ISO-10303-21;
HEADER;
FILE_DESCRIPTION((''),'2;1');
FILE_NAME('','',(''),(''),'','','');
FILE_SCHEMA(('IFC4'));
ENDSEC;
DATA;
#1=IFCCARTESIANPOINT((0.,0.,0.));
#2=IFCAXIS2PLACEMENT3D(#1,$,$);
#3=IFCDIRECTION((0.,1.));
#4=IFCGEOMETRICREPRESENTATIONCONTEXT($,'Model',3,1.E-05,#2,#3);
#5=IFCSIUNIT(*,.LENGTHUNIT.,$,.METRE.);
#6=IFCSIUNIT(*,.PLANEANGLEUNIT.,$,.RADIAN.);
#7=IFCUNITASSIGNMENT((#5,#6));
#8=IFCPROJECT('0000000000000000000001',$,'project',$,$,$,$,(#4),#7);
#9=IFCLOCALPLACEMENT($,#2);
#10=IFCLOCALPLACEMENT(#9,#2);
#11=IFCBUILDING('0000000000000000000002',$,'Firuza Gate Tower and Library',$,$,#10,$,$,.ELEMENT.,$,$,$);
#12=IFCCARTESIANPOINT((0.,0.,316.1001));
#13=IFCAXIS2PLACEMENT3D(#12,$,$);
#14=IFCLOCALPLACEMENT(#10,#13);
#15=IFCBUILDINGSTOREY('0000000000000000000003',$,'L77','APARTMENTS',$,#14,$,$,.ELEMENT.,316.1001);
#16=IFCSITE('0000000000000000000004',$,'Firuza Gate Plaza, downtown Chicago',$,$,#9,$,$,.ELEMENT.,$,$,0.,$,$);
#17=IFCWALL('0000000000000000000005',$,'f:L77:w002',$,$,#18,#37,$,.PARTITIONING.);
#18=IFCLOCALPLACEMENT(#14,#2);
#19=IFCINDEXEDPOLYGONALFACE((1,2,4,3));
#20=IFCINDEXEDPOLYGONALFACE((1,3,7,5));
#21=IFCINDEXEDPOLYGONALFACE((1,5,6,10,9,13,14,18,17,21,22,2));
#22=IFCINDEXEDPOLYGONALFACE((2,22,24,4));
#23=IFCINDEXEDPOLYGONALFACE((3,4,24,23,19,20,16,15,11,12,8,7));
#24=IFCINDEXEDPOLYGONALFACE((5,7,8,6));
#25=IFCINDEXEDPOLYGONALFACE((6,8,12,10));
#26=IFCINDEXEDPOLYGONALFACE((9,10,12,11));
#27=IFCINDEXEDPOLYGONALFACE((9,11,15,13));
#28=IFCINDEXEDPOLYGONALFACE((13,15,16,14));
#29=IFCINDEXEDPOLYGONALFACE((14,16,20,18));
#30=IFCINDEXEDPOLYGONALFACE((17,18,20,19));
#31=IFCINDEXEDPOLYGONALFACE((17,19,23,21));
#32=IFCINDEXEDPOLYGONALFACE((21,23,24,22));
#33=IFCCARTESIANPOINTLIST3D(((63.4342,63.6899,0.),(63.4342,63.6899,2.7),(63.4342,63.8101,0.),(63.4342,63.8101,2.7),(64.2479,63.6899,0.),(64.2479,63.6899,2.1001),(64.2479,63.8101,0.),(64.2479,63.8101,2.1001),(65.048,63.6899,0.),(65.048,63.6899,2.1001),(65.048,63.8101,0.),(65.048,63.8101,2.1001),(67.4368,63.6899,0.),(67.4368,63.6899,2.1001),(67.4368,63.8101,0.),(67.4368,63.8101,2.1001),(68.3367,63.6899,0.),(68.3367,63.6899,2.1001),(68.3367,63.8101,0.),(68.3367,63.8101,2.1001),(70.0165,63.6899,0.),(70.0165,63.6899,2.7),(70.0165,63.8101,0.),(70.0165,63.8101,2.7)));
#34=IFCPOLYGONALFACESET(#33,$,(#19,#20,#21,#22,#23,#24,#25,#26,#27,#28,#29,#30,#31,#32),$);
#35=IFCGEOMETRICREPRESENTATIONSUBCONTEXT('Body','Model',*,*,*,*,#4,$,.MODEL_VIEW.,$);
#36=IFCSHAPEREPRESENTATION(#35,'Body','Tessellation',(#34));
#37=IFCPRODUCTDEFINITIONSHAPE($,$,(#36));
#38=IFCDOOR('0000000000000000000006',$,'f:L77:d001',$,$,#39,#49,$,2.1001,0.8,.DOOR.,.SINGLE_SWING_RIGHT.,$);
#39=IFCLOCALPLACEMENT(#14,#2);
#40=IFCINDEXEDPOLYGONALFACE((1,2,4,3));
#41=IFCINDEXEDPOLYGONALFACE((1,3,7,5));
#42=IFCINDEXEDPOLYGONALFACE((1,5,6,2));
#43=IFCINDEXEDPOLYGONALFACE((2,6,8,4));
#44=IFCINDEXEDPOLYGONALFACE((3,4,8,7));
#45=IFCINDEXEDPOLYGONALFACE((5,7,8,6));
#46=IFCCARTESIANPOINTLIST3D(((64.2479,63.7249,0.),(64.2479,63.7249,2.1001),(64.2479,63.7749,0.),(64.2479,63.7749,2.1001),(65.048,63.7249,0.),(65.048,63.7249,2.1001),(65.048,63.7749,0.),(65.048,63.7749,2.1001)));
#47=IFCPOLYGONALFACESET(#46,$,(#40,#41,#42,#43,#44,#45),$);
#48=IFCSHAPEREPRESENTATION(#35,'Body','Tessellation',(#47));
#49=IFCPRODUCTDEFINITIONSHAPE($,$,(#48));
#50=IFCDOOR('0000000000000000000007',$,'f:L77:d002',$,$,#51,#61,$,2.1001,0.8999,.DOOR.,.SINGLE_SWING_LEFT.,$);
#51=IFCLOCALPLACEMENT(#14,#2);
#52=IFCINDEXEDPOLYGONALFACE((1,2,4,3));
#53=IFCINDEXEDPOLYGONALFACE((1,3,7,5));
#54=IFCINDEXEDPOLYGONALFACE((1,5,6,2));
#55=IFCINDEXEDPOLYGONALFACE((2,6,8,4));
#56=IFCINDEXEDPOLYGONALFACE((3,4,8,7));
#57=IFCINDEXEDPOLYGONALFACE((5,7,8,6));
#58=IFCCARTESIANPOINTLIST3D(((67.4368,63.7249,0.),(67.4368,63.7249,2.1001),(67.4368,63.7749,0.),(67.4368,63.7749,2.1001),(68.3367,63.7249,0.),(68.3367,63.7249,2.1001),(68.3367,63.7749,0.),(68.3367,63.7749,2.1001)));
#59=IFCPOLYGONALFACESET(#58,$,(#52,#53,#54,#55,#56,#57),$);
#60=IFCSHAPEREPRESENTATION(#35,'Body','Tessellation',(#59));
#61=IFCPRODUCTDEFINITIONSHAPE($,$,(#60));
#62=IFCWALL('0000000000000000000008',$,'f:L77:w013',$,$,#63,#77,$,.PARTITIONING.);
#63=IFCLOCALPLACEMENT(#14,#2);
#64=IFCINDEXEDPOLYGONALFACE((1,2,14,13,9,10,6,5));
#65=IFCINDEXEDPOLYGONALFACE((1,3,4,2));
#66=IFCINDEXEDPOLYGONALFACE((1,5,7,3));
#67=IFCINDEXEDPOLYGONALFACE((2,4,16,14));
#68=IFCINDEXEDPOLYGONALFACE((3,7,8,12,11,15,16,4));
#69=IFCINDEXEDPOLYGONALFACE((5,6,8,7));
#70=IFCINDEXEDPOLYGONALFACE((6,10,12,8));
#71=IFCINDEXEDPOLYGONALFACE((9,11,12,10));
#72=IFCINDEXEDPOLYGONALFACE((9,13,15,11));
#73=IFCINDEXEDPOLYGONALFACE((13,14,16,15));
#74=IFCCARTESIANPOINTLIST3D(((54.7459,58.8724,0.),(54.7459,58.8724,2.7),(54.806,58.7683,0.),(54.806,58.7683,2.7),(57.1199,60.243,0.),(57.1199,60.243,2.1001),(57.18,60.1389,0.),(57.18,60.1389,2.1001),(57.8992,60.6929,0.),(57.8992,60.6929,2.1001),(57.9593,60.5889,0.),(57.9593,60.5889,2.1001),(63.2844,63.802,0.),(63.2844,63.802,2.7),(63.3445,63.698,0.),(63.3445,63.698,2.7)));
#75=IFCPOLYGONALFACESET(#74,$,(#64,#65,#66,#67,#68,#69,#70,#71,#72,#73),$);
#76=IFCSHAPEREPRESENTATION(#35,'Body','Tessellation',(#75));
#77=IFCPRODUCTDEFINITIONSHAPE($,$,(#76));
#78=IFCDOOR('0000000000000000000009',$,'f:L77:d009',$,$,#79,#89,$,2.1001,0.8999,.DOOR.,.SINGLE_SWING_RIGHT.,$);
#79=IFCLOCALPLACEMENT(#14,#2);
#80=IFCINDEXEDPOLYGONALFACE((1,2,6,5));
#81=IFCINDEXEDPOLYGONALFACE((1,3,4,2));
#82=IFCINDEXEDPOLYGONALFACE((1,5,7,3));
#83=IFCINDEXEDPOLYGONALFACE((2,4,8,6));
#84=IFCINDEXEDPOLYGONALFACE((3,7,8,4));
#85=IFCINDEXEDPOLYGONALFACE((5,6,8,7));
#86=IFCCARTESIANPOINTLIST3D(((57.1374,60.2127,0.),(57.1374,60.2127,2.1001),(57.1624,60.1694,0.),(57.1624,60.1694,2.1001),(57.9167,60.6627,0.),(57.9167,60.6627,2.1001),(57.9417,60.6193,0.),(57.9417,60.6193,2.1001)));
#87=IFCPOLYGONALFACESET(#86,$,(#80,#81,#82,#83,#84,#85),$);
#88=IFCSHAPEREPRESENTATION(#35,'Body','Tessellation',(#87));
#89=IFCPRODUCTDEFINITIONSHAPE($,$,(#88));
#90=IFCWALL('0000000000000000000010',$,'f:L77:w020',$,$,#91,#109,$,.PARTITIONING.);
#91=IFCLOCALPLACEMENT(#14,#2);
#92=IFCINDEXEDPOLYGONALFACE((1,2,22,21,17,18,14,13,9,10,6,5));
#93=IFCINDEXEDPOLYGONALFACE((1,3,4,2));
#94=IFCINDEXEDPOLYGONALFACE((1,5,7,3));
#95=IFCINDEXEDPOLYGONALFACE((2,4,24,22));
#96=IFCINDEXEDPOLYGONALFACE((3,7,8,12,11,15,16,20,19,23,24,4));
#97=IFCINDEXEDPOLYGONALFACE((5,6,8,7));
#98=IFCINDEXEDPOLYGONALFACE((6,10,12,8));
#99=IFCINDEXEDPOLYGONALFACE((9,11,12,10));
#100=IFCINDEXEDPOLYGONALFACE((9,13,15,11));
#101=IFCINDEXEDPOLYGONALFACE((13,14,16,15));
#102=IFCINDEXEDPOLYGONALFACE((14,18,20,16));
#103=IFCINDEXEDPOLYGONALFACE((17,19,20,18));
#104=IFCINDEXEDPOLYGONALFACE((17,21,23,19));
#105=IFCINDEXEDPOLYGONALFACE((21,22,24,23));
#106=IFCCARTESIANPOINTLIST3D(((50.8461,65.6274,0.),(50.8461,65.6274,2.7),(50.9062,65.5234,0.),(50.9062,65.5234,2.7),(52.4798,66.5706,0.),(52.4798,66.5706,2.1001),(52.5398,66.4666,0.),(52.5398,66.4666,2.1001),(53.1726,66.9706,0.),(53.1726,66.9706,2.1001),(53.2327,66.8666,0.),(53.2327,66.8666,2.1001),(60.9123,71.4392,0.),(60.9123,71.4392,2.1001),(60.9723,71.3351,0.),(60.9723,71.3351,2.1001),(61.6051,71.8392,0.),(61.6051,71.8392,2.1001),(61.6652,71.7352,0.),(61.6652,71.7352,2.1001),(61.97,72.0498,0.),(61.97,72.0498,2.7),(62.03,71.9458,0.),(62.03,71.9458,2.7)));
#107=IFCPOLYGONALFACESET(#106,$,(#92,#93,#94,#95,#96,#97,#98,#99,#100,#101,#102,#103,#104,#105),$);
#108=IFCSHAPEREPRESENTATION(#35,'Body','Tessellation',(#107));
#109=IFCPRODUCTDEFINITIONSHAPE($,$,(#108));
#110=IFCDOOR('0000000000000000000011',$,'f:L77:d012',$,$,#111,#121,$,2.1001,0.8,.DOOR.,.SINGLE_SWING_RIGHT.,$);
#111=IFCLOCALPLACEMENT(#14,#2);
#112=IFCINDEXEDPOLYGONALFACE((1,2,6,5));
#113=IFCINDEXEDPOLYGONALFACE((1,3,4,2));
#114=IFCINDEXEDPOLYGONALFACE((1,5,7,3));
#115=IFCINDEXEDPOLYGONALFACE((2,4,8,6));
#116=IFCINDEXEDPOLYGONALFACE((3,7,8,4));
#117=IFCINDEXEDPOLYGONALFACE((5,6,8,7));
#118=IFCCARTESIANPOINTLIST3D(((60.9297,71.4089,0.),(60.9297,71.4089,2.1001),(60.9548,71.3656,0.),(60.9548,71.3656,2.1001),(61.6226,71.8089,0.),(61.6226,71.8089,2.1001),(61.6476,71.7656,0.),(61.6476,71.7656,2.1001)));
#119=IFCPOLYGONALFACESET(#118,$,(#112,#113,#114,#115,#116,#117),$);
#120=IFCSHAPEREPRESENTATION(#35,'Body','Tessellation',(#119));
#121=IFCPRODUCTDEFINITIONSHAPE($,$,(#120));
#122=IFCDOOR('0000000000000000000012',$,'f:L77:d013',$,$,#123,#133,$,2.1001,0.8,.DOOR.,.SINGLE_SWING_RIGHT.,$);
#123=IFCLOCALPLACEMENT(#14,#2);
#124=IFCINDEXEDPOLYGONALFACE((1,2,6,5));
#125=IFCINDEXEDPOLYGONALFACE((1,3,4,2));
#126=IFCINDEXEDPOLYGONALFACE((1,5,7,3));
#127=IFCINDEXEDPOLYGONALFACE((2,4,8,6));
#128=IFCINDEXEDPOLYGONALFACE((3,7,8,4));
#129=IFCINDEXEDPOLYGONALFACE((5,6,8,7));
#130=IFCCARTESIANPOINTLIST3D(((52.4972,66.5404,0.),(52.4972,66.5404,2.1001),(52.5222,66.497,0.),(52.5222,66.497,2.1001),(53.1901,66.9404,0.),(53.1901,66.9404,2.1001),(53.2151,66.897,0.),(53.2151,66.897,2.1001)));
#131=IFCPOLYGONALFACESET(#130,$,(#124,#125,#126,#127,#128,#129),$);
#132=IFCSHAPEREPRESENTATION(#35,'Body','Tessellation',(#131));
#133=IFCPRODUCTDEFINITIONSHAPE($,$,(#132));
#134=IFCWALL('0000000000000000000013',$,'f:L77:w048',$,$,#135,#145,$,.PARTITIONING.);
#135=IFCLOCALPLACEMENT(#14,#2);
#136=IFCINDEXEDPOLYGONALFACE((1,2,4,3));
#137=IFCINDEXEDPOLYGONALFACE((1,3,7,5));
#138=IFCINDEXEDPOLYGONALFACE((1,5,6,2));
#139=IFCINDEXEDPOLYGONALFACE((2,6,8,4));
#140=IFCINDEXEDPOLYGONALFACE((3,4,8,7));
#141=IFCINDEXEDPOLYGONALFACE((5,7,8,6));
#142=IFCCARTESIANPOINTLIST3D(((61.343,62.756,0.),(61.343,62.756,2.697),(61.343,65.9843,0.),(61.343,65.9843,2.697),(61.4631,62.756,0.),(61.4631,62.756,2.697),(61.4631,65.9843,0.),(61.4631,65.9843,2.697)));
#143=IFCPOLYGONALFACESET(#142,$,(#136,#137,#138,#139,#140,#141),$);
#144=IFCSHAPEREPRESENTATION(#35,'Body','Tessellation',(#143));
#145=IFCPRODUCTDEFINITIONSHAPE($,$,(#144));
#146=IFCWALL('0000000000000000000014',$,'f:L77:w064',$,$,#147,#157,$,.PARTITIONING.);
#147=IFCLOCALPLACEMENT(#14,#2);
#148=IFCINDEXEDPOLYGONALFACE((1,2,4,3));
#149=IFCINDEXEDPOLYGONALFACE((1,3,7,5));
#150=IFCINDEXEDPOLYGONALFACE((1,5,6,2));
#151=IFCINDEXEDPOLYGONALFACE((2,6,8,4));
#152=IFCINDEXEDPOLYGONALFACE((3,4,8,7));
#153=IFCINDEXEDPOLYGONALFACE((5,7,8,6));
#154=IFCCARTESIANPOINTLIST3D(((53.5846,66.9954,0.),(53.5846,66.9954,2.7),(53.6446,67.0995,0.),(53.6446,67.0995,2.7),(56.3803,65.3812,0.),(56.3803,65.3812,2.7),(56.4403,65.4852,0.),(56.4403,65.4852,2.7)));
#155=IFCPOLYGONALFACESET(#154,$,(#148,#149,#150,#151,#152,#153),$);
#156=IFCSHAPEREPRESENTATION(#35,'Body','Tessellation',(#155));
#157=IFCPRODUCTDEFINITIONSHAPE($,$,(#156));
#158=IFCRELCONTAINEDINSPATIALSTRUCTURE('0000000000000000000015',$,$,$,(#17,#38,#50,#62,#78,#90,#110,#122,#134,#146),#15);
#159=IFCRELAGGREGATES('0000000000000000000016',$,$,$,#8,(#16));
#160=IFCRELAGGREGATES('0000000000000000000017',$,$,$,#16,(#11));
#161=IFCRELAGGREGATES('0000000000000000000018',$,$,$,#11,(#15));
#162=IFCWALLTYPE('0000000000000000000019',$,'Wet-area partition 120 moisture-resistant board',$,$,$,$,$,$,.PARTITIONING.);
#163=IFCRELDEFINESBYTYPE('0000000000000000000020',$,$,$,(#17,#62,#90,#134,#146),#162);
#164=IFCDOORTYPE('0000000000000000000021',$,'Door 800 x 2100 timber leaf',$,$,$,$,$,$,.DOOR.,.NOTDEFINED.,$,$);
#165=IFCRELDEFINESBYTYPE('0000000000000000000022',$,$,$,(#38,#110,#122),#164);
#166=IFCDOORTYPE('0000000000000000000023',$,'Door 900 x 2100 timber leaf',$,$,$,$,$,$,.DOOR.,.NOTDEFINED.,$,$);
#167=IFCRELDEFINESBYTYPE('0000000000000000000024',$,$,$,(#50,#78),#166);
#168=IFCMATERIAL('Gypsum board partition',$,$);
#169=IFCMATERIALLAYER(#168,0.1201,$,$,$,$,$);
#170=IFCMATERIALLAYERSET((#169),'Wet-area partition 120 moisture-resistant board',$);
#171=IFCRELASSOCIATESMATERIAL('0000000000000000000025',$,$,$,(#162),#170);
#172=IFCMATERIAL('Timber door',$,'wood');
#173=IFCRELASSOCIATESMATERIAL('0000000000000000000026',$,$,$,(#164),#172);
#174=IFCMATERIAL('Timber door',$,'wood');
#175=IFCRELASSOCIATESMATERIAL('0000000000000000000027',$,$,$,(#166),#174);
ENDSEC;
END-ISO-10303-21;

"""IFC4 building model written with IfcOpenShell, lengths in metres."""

from ifc_helpers import new_model, si_unit, direction, frame, frame_2d, origin, place, context, subcontext, project, spatial, rectangle, extrude, material, layer, layer_set, type_object, element, fill, save


model = new_model("IFC4")

# Units and contexts
model_context = context("Model", 3, precision=1e-05, world=origin(), true_north=direction((0.0, 1.0)))
body_context = subcontext(model_context, "Body", "Model", "MODEL_VIEW")
ifc_project = project(units=[si_unit("LENGTHUNIT", "METRE"), si_unit("PLANEANGLEUNIT", "RADIAN")], contexts=[model_context])

# Site, building, storey
site_placement = place(None, origin())
site = spatial("IfcSite", under=ifc_project, at=site_placement, Name="Firuza Gate Plaza, downtown Chicago", CompositionType="ELEMENT", RefElevation=0.0)
building_placement = place(site_placement, origin())
building = spatial("IfcBuilding", under=site, at=building_placement, Name="Firuza Gate Tower and Library", CompositionType="ELEMENT")
storey_placement = place(building_placement, frame((0.0, 0.0, 316.1001)))
storey = spatial("IfcBuildingStorey", under=building, at=storey_placement, Name="L77", Description="APARTMENTS", CompositionType="ELEMENT", Elevation=316.1001)

# Wall, openings, doors
ifc_material_1 = material(Name="Gypsum board partition")
ifc_layer_1 = layer(ifc_material_1, 0.1201)
ifc_layer_set_1 = layer_set([ifc_layer_1], Name="Wet-area partition 120 moisture-resistant board")
wall_type_1 = type_object("IfcWallType", Name="Wet-area partition 120 moisture-resistant board", PredefinedType="PARTITIONING", material=ifc_layer_set_1)
wall_1_placement = place(storey_placement, frame((63.4343, 63.75, 0.0), z_axis=(0.0, 0.0, 1.0), x_axis=(1.0, 0.0, 0.0)))
wall_1 = element("IfcWall", 1, at=wall_1_placement, inside=storey, type_object=wall_type_1, Name="f:L77:w002", PredefinedType="PARTITIONING", context=body_context, shape_type="SweptSolid", body=[
    extrude(rectangle(XDim=6.5823, YDim=0.1201, at=frame_2d((3.291, 0.0))), origin(), (0.0, 0.0, 1.0), 2.7),
])
opening_1_placement = place(wall_1_placement, frame((0.8137, 0.0, 0.0)))
opening_1 = element("IfcOpeningElement", 2, at=opening_1_placement, cuts=wall_1, PredefinedType="OPENING", context=body_context, shape_type="SweptSolid", body=[
    extrude(rectangle(XDim=0.8, YDim=2.1001, at=frame_2d((0.3999, 1.05))), frame((0.0, 0.0701, 0.0), z_axis=(0.0, -1.0, 0.0), x_axis=(1.0, 0.0, 0.0)), (0.0, 0.0, 1.0), 0.1401),
])
opening_2_placement = place(wall_1_placement, frame((4.0024, 0.0, 0.0)))
opening_2 = element("IfcOpeningElement", 3, at=opening_2_placement, cuts=wall_1, PredefinedType="OPENING", context=body_context, shape_type="SweptSolid", body=[
    extrude(rectangle(XDim=0.8999, YDim=2.1001, at=frame_2d((0.45, 1.05))), frame((0.0, 0.0701, 0.0), z_axis=(0.0, -1.0, 0.0), x_axis=(1.0, 0.0, 0.0)), (0.0, 0.0, 1.0), 0.1401),
])
ifc_material_2 = material(Name="Timber door", Category="wood")
door_type_1 = type_object("IfcDoorType", Name="Door 800 x 2100 timber leaf", OperationType="NOTDEFINED", PredefinedType="DOOR", material=ifc_material_2)
door_1_placement = place(opening_1_placement, origin())
door_1 = element("IfcDoor", 4, at=door_1_placement, inside=storey, type_object=door_type_1, Name="f:L77:d001", OperationType="SINGLE_SWING_RIGHT", OverallHeight=2.1001, OverallWidth=0.8, PredefinedType="DOOR", context=body_context, shape_type="SweptSolid", body=[
    extrude(rectangle(XDim=0.8, YDim=2.1001, at=frame_2d((0.3999, 1.05))), frame((0.0, 0.0249, 0.0), z_axis=(0.0, -1.0, 0.0), x_axis=(1.0, 0.0, 0.0)), (0.0, 0.0, 1.0), 0.05),
])
fill(opening_1, door_1)
ifc_material_3 = material(Name="Timber door", Category="wood")
door_type_2 = type_object("IfcDoorType", Name="Door 900 x 2100 timber leaf", OperationType="NOTDEFINED", PredefinedType="DOOR", material=ifc_material_3)
door_2_placement = place(opening_2_placement, origin())
door_2 = element("IfcDoor", 5, at=door_2_placement, inside=storey, type_object=door_type_2, Name="f:L77:d002", OperationType="SINGLE_SWING_LEFT", OverallHeight=2.1001, OverallWidth=0.8999, PredefinedType="DOOR", context=body_context, shape_type="SweptSolid", body=[
    extrude(rectangle(XDim=0.8999, YDim=2.1001, at=frame_2d((0.45, 1.05))), frame((0.0, 0.0249, 0.0), z_axis=(0.0, -1.0, 0.0), x_axis=(1.0, 0.0, 0.0)), (0.0, 0.0, 1.0), 0.05),
])
fill(opening_2, door_2)

# Wall, opening, door
wall_2_placement = place(storey_placement, frame((63.3145, 63.75, 0.0), z_axis=(0.0, 0.0, 1.0), x_axis=(-0.866028, -0.499995, 0.0)))
wall_2 = element("IfcWall", 6, at=wall_2_placement, inside=storey, type_object=wall_type_1, Name="f:L77:w013", PredefinedType="PARTITIONING", context=body_context, shape_type="SweptSolid", body=[
    extrude(rectangle(XDim=9.8594, YDim=0.1201, at=frame_2d((4.9297, 0.0))), origin(), (0.0, 0.0, 1.0), 2.7),
])
opening_3_placement = place(wall_2_placement, frame((6.2183, 0.0, 0.0)))
opening_3 = element("IfcOpeningElement", 7, at=opening_3_placement, cuts=wall_2, PredefinedType="OPENING", context=body_context, shape_type="SweptSolid", body=[
    extrude(rectangle(XDim=0.8999, YDim=2.1001, at=frame_2d((0.45, 1.05))), frame((0.0, 0.0701, 0.0), z_axis=(0.0, -1.0, 0.0), x_axis=(1.0, 0.0, 0.0)), (0.0, 0.0, 1.0), 0.1401),
])
door_3_placement = place(opening_3_placement, origin())
door_3 = element("IfcDoor", 8, at=door_3_placement, inside=storey, type_object=door_type_2, Name="f:L77:d009", OperationType="SINGLE_SWING_RIGHT", OverallHeight=2.1001, OverallWidth=0.8999, PredefinedType="DOOR", context=body_context, shape_type="SweptSolid", body=[
    extrude(rectangle(XDim=0.8999, YDim=2.1001, at=frame_2d((0.45, 1.05))), frame((0.0, 0.0249, 0.0), z_axis=(0.0, -1.0, 0.0), x_axis=(1.0, 0.0, 0.0)), (0.0, 0.0, 1.0), 0.05),
])
fill(opening_3, door_3)

# Wall, openings, doors
wall_3_placement = place(storey_placement, frame((62.0, 71.9978, 0.0), z_axis=(0.0, 0.0, 1.0), x_axis=(-0.866024, -0.500003, 0.0)))
wall_3 = element("IfcWall", 9, at=wall_3_placement, inside=storey, type_object=wall_type_1, Name="f:L77:w020", PredefinedType="PARTITIONING", context=body_context, shape_type="SweptSolid", body=[
    extrude(rectangle(XDim=12.8447, YDim=0.1201, at=frame_2d((6.4224, 0.0))), origin(), (0.0, 0.0, 1.0), 2.7),
])
opening_4_placement = place(wall_3_placement, frame((0.4214, 0.0, 0.0)))
opening_4 = element("IfcOpeningElement", 10, at=opening_4_placement, cuts=wall_3, PredefinedType="OPENING", context=body_context, shape_type="SweptSolid", body=[
    extrude(rectangle(XDim=0.8, YDim=2.1001, at=frame_2d((0.3999, 1.05))), frame((0.0, 0.0701, 0.0), z_axis=(0.0, -1.0, 0.0), x_axis=(1.0, 0.0, 0.0)), (0.0, 0.0, 1.0), 0.1401),
])
opening_5_placement = place(wall_3_placement, frame((10.1584, 0.0, 0.0)))
opening_5 = element("IfcOpeningElement", 11, at=opening_5_placement, cuts=wall_3, PredefinedType="OPENING", context=body_context, shape_type="SweptSolid", body=[
    extrude(rectangle(XDim=0.8, YDim=2.1001, at=frame_2d((0.3999, 1.05))), frame((0.0, 0.0701, 0.0), z_axis=(0.0, -1.0, 0.0), x_axis=(1.0, 0.0, 0.0)), (0.0, 0.0, 1.0), 0.1401),
])
door_4_placement = place(opening_4_placement, origin())
door_4 = element("IfcDoor", 12, at=door_4_placement, inside=storey, type_object=door_type_1, Name="f:L77:d012", OperationType="SINGLE_SWING_RIGHT", OverallHeight=2.1001, OverallWidth=0.8, PredefinedType="DOOR", context=body_context, shape_type="SweptSolid", body=[
    extrude(rectangle(XDim=0.8, YDim=2.1001, at=frame_2d((0.3999, 1.05))), frame((0.0, 0.0249, 0.0), z_axis=(0.0, -1.0, 0.0), x_axis=(1.0, 0.0, 0.0)), (0.0, 0.0, 1.0), 0.05),
])
fill(opening_4, door_4)
door_5_placement = place(opening_5_placement, origin())
door_5 = element("IfcDoor", 13, at=door_5_placement, inside=storey, type_object=door_type_1, Name="f:L77:d013", OperationType="SINGLE_SWING_RIGHT", OverallHeight=2.1001, OverallWidth=0.8, PredefinedType="DOOR", context=body_context, shape_type="SweptSolid", body=[
    extrude(rectangle(XDim=0.8, YDim=2.1001, at=frame_2d((0.3999, 1.05))), frame((0.0, 0.0249, 0.0), z_axis=(0.0, -1.0, 0.0), x_axis=(1.0, 0.0, 0.0)), (0.0, 0.0, 1.0), 0.05),
])
fill(opening_5, door_5)

# Walls
wall_4_placement = place(storey_placement, frame((61.4031, 62.7559, 0.0), z_axis=(0.0, 0.0, 1.0), x_axis=(0.0, 1.0, 0.0)))
element("IfcWall", 14, at=wall_4_placement, inside=storey, type_object=wall_type_1, Name="f:L77:w048", PredefinedType="PARTITIONING", context=body_context, shape_type="SweptSolid", body=[
    extrude(rectangle(XDim=3.2283, YDim=0.1201, at=frame_2d((1.6143, 0.0))), origin(), (0.0, 0.0, 1.0), 2.697),
])
wall_5_placement = place(storey_placement, frame((56.4104, 65.4331, 0.0), z_axis=(0.0, 0.0, 1.0), x_axis=(-0.866, 0.500043, 0.0)))
element("IfcWall", 15, at=wall_5_placement, inside=storey, type_object=wall_type_1, Name="f:L77:w064", PredefinedType="PARTITIONING", context=body_context, shape_type="SweptSolid", body=[
    extrude(rectangle(XDim=3.2283, YDim=0.1201, at=frame_2d((1.6143, 0.0))), origin(), (0.0, 0.0, 1.0), 2.7),
])

save(model, "model.ifc")
